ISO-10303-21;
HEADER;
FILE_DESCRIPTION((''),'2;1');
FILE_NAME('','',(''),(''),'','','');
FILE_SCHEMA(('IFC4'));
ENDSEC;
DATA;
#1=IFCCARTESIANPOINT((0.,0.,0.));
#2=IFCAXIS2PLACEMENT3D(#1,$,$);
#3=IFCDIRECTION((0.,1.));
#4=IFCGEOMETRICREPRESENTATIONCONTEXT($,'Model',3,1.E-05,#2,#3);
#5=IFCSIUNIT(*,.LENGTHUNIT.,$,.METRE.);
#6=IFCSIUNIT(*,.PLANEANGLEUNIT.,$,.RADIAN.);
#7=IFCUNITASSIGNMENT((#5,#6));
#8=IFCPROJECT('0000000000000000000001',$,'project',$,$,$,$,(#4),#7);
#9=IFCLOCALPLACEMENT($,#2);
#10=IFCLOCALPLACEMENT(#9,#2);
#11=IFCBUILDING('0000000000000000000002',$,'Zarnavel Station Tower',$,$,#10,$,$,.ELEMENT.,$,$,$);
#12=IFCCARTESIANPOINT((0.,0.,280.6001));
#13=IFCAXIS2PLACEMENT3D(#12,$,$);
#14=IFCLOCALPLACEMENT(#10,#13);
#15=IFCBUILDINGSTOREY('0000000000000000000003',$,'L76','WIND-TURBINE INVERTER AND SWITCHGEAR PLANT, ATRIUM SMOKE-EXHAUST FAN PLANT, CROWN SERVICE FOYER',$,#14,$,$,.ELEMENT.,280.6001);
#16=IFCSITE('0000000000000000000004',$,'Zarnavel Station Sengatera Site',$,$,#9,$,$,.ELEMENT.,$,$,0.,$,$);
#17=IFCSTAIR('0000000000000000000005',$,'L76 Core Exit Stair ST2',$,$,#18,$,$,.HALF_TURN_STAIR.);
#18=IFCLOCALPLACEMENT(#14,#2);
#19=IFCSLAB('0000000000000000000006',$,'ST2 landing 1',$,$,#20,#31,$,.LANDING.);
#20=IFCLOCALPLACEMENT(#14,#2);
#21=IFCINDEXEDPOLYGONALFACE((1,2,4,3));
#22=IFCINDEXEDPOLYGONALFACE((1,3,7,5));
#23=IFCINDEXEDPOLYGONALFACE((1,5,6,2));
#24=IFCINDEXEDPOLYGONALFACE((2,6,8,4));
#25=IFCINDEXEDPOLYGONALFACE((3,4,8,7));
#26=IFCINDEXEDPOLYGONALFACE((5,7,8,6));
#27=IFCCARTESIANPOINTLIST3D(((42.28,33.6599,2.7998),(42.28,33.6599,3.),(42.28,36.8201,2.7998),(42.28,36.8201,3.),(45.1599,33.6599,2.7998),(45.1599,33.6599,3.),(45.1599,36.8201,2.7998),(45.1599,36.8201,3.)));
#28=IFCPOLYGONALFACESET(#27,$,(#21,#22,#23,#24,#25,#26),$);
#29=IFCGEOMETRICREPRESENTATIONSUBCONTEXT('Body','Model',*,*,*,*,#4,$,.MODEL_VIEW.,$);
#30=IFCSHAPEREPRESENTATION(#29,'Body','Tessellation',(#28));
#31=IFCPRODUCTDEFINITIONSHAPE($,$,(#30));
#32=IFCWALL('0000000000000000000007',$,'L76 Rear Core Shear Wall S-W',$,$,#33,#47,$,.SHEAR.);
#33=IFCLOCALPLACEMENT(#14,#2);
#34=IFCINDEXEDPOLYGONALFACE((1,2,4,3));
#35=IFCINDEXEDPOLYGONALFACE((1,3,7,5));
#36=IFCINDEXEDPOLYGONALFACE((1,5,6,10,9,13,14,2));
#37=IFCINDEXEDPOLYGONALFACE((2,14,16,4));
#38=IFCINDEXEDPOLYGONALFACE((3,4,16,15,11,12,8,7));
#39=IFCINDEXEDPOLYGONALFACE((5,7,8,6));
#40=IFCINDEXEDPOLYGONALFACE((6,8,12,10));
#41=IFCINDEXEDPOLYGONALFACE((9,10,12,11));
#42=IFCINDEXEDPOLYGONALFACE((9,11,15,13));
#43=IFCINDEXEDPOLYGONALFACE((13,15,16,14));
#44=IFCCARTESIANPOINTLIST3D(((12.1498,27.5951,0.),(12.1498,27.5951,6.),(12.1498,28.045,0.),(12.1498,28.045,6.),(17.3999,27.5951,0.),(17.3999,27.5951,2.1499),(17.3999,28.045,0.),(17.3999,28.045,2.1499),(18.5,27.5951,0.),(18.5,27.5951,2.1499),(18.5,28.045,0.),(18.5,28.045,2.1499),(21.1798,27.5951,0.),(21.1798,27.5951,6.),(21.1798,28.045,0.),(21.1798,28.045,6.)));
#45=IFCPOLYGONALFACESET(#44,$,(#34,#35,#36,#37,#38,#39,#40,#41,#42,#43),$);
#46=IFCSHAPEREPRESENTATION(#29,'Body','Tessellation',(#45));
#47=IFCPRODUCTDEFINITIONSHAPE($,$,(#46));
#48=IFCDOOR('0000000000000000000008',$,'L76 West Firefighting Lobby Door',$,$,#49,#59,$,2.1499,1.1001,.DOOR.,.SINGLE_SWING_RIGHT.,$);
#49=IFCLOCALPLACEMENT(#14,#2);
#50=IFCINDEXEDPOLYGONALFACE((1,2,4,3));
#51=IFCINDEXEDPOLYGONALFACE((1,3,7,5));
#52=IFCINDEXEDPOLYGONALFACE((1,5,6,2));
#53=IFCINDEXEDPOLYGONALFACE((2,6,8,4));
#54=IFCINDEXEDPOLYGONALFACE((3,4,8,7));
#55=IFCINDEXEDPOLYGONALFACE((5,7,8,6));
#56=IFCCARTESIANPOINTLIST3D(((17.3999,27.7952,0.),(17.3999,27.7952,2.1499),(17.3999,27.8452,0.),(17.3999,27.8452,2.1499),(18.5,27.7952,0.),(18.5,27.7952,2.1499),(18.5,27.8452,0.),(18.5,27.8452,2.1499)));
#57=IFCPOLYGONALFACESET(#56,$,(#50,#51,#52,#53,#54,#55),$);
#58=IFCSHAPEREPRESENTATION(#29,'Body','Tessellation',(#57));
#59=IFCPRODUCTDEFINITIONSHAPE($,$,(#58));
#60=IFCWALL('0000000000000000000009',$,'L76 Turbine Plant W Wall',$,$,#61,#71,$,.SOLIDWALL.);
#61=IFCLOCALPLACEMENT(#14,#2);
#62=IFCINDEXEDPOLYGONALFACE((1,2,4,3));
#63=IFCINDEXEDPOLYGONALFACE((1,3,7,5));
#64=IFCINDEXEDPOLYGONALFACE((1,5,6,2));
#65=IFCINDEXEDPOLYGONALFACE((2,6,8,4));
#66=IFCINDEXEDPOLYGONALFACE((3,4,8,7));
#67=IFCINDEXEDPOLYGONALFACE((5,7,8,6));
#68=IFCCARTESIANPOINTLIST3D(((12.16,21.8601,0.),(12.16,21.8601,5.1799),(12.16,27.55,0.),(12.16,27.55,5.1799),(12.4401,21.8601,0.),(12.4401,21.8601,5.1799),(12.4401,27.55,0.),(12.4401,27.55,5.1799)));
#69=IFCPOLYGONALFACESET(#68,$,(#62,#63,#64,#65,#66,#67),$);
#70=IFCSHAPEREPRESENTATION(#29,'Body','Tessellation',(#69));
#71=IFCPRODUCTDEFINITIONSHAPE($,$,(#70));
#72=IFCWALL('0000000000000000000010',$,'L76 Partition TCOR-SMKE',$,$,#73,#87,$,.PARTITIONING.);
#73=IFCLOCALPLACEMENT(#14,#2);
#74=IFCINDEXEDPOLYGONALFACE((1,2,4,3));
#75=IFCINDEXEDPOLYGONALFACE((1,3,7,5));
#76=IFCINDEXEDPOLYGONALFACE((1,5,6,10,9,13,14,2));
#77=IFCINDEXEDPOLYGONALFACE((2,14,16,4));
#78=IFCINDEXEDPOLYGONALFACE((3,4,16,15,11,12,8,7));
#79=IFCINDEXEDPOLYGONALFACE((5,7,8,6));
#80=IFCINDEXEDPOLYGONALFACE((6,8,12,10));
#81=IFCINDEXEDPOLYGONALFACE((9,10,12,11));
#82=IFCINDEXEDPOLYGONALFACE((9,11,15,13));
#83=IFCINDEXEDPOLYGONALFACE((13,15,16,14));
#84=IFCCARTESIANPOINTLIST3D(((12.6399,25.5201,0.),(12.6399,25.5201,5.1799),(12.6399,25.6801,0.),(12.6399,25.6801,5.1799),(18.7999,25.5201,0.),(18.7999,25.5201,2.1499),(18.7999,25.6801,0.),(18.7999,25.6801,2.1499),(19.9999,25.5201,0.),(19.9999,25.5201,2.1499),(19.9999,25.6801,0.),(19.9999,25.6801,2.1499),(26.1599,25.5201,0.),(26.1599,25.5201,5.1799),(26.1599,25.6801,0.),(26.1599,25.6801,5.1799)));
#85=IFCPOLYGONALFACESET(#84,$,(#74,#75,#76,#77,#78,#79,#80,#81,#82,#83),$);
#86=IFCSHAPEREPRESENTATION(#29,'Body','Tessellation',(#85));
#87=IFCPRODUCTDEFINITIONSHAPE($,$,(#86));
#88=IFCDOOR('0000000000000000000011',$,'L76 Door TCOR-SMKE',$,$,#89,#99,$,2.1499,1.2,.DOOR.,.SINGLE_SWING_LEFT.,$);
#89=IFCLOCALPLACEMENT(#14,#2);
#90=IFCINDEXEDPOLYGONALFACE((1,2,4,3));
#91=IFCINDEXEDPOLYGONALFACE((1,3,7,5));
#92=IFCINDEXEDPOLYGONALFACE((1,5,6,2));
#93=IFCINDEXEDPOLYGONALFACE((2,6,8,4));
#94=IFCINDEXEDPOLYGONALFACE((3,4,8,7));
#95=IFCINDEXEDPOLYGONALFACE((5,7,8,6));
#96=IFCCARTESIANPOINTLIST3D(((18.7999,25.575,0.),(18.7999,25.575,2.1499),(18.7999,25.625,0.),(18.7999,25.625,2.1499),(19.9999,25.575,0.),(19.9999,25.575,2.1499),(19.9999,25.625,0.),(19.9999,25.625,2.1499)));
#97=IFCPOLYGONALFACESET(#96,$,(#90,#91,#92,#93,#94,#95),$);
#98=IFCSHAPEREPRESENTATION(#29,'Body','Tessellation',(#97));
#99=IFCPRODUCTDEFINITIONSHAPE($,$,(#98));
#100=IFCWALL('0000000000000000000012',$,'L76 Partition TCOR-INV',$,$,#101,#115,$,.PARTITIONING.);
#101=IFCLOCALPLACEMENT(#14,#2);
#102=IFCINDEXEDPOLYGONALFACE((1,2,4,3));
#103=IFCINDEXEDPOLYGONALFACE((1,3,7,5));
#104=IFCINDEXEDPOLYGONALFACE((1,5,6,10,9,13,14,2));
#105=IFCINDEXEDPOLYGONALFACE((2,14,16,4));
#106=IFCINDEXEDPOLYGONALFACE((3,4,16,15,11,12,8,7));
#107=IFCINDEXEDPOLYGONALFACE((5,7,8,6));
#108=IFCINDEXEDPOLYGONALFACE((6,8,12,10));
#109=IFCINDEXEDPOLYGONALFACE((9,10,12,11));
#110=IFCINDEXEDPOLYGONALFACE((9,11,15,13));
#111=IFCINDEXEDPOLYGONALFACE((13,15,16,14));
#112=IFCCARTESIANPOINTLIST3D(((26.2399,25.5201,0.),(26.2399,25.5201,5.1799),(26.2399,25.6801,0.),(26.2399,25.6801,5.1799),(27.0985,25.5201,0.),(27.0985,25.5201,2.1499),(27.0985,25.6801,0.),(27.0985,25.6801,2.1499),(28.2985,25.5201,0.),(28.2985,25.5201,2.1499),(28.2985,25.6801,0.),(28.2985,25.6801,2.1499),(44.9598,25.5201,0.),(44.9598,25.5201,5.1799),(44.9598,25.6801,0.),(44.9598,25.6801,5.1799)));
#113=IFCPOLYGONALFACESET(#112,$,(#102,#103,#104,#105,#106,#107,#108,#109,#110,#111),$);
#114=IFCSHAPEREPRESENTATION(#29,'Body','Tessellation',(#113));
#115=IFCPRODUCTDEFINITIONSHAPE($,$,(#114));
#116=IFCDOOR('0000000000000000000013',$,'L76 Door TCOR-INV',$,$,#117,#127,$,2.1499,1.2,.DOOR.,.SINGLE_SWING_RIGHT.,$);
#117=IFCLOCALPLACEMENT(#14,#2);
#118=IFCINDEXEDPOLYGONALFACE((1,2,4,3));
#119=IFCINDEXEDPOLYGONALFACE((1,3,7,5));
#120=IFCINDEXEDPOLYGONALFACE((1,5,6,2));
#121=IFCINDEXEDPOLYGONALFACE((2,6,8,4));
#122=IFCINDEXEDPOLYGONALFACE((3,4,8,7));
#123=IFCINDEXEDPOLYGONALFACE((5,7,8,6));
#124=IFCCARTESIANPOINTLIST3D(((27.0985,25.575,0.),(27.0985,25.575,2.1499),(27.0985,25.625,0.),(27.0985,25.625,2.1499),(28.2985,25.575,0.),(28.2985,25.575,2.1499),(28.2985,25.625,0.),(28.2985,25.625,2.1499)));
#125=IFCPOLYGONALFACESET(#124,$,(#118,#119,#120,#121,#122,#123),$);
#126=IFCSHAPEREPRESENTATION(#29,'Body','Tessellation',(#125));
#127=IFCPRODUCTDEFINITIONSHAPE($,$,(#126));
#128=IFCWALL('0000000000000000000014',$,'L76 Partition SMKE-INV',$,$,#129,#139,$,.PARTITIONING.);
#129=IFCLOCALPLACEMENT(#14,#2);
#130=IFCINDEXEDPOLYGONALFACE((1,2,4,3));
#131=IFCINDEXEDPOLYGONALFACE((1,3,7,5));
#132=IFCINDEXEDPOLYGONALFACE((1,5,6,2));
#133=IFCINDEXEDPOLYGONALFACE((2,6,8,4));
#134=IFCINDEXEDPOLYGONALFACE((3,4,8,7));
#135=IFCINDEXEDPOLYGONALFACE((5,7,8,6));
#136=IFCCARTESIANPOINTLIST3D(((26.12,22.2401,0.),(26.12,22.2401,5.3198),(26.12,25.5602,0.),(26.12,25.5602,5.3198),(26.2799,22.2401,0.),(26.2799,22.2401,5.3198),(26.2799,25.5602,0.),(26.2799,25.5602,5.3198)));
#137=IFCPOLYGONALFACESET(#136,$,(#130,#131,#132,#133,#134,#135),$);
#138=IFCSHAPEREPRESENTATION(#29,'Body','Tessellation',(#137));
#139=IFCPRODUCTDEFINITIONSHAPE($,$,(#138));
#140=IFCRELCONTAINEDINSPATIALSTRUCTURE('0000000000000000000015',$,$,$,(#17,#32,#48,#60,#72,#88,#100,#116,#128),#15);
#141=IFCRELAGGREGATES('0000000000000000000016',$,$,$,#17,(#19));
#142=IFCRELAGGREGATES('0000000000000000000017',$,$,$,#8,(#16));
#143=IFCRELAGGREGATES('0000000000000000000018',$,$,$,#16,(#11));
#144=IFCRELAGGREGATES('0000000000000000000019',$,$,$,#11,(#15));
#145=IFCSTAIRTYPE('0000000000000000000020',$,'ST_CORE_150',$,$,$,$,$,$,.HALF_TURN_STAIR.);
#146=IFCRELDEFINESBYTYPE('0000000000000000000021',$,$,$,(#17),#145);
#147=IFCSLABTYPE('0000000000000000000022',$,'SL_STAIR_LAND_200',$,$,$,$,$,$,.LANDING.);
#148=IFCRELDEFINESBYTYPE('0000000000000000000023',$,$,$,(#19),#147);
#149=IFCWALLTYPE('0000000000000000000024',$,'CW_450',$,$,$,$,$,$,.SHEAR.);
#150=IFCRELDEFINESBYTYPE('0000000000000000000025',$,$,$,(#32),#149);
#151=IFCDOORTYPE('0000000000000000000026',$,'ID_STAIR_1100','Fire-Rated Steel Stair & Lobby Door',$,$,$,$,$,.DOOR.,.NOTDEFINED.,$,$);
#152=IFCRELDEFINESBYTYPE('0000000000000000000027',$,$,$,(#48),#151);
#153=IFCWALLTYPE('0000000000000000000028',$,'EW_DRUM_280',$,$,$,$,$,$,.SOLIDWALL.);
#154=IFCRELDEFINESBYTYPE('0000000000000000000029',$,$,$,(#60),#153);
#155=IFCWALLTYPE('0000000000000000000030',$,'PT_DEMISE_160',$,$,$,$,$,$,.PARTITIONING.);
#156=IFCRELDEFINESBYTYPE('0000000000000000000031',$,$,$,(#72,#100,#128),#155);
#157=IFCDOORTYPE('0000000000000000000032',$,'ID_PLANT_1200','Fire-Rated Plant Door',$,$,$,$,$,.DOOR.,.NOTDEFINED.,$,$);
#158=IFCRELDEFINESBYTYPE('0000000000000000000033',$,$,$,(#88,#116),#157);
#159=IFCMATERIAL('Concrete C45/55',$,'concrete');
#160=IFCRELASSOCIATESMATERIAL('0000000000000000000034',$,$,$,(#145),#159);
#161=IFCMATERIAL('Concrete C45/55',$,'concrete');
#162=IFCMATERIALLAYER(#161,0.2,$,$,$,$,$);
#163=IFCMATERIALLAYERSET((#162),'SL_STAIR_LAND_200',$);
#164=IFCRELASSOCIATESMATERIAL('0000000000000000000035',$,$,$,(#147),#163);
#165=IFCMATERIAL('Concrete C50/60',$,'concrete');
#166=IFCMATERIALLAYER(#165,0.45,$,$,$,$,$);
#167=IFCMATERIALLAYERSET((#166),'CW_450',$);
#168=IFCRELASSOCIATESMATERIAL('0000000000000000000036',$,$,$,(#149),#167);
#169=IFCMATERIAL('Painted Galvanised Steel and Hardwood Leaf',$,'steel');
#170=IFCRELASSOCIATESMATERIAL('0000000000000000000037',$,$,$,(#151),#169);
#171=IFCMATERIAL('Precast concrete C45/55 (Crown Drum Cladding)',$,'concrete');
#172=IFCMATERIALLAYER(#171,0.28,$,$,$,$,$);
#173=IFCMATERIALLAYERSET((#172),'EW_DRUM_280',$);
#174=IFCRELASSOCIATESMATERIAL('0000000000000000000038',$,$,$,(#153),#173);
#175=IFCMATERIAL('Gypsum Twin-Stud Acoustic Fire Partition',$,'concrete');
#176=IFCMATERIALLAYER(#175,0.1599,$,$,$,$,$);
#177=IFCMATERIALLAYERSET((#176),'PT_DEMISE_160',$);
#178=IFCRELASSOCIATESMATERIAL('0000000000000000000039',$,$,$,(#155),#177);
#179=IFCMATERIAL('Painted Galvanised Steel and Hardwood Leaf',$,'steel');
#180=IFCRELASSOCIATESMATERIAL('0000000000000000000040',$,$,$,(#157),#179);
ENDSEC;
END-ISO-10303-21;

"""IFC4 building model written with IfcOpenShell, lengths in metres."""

from ifc_helpers import new_model, si_unit, direction, frame, frame_2d, origin, place, context, subcontext, project, spatial, polyline, rectangle, outline, extrude, material, layer, layer_set, type_object, element, fill, aggregate, save


model = new_model("IFC4")

# Units and contexts
model_context = context("Model", 3, precision=1e-05, world=origin(), true_north=direction((0.0, 1.0)))
body_context = subcontext(model_context, "Body", "Model", "MODEL_VIEW")
ifc_project = project(units=[si_unit("LENGTHUNIT", "METRE"), si_unit("PLANEANGLEUNIT", "RADIAN")], contexts=[model_context])

# Site, building, storey
site_placement = place(None, origin())
site = spatial("IfcSite", under=ifc_project, at=site_placement, Name="Zarnavel Station Sengatera Site", CompositionType="ELEMENT", RefElevation=0.0)
building_placement = place(site_placement, origin())
building = spatial("IfcBuilding", under=site, at=building_placement, Name="Zarnavel Station Tower", CompositionType="ELEMENT")
storey_placement = place(building_placement, frame((0.0, 0.0, 280.6001)))
storey = spatial("IfcBuildingStorey", under=building, at=storey_placement, Name="L76", Description="WIND-TURBINE INVERTER AND SWITCHGEAR PLANT, ATRIUM SMOKE-EXHAUST FAN PLANT, CROWN SERVICE FOYER", CompositionType="ELEMENT", Elevation=280.6001)

# Stair, slab
ifc_material_1 = material(Name="Concrete C45/55", Category="concrete")
stair_type = type_object("IfcStairType", Name="ST_CORE_150", PredefinedType="HALF_TURN_STAIR", material=ifc_material_1)
ifc_material_2 = material(Name="Concrete C45/55", Category="concrete")
ifc_layer_1 = layer(ifc_material_2, 0.2)
ifc_layer_set_1 = layer_set([ifc_layer_1], Name="SL_STAIR_LAND_200")
slab_type_1 = type_object("IfcSlabType", Name="SL_STAIR_LAND_200", PredefinedType="LANDING", material=ifc_layer_set_1)
stair_1_placement = place(storey_placement, origin())
stair_1 = element("IfcStair", 1, at=stair_1_placement, inside=storey, type_object=stair_type, Name="L76 Core Exit Stair ST2", PredefinedType="HALF_TURN_STAIR")
slab_1_placement = place(storey_placement, frame((0.0, 0.0, 2.7998)))
slab_1 = element("IfcSlab", 2, at=slab_1_placement, type_object=slab_type_1, Name="ST2 landing 1", PredefinedType="LANDING", context=body_context, shape_type="SweptSolid", body=[
    extrude(outline(polyline([(42.28, 33.6599), (45.1599, 33.6599), (45.1599, 36.8201), (42.28, 36.8201), (42.28, 33.6599)])), origin(), (0.0, 0.0, 1.0), 0.2002),
])
aggregate(stair_1, [slab_1])

# Wall, opening, door
ifc_material_3 = material(Name="Concrete C50/60", Category="concrete")
ifc_layer_2 = layer(ifc_material_3, 0.45)
ifc_layer_set_2 = layer_set([ifc_layer_2], Name="CW_450")
wall_type_1 = type_object("IfcWallType", Name="CW_450", PredefinedType="SHEAR", material=ifc_layer_set_2)
wall_1_placement = place(storey_placement, frame((21.1799, 27.8201, 0.0), z_axis=(0.0, 0.0, 1.0), x_axis=(-1.0, 0.0, 0.0)))
wall_1 = element("IfcWall", 3, at=wall_1_placement, inside=storey, type_object=wall_type_1, Name="L76 Rear Core Shear Wall S-W", PredefinedType="SHEAR", context=body_context, shape_type="SweptSolid", body=[
    extrude(rectangle(XDim=9.03, YDim=0.45, at=frame_2d((4.5151, 0.0))), origin(), (0.0, 0.0, 1.0), 6.0),
])
opening_1_placement = place(wall_1_placement, frame((2.6799, 0.0, 0.0)))
opening_1 = element("IfcOpeningElement", 4, at=opening_1_placement, cuts=wall_1, PredefinedType="OPENING", context=body_context, shape_type="SweptSolid", body=[
    extrude(rectangle(XDim=1.1001, YDim=2.1499, at=frame_2d((0.55, 1.075))), frame((0.0, 0.2349, 0.0), z_axis=(0.0, -1.0, 0.0), x_axis=(1.0, 0.0, 0.0)), (0.0, 0.0, 1.0), 0.47),
])
ifc_material_4 = material(Name="Painted Galvanised Steel and Hardwood Leaf", Category="steel")
door_type_1 = type_object("IfcDoorType", Name="ID_STAIR_1100", Description="Fire-Rated Steel Stair & Lobby Door", OperationType="NOTDEFINED", PredefinedType="DOOR", material=ifc_material_4)
door_1_placement = place(opening_1_placement, origin())
door_1 = element("IfcDoor", 5, at=door_1_placement, inside=storey, type_object=door_type_1, Name="L76 West Firefighting Lobby Door", OperationType="SINGLE_SWING_RIGHT", OverallHeight=2.1499, OverallWidth=1.1001, PredefinedType="DOOR", context=body_context, shape_type="SweptSolid", body=[
    extrude(rectangle(XDim=1.1001, YDim=2.1499, at=frame_2d((0.55, 1.075))), frame((0.0, 0.0249, 0.0), z_axis=(0.0, -1.0, 0.0), x_axis=(1.0, 0.0, 0.0)), (0.0, 0.0, 1.0), 0.05),
])
fill(opening_1, door_1)

# Wall
ifc_material_5 = material(Name="Precast concrete C45/55 (Crown Drum Cladding)", Category="concrete")
ifc_layer_3 = layer(ifc_material_5, 0.28)
ifc_layer_set_3 = layer_set([ifc_layer_3], Name="EW_DRUM_280")
wall_type_2 = type_object("IfcWallType", Name="EW_DRUM_280", PredefinedType="SOLIDWALL", material=ifc_layer_set_3)
wall_2_placement = place(storey_placement, frame((12.3, 21.8601, 0.0), z_axis=(0.0, 0.0, 1.0), x_axis=(0.0, 1.0, 0.0)))
element("IfcWall", 6, at=wall_2_placement, inside=storey, type_object=wall_type_2, Name="L76 Turbine Plant W Wall", PredefinedType="SOLIDWALL", context=body_context, shape_type="SweptSolid", body=[
    extrude(rectangle(XDim=5.6899, YDim=0.28, at=frame_2d((2.845, 0.0))), origin(), (0.0, 0.0, 1.0), 5.1799),
])

# Walls, openings, doors
ifc_material_6 = material(Name="Gypsum Twin-Stud Acoustic Fire Partition", Category="concrete")
ifc_layer_4 = layer(ifc_material_6, 0.1599)
ifc_layer_set_4 = layer_set([ifc_layer_4], Name="PT_DEMISE_160")
wall_type_3 = type_object("IfcWallType", Name="PT_DEMISE_160", PredefinedType="PARTITIONING", material=ifc_layer_set_4)
wall_3_placement = place(storey_placement, frame((12.6399, 25.6001, 0.0), z_axis=(0.0, 0.0, 1.0), x_axis=(1.0, 0.0, 0.0)))
wall_3 = element("IfcWall", 7, at=wall_3_placement, inside=storey, type_object=wall_type_3, Name="L76 Partition TCOR-SMKE", PredefinedType="PARTITIONING", context=body_context, shape_type="SweptSolid", body=[
    extrude(rectangle(XDim=13.52, YDim=0.1599, at=frame_2d((6.76, 0.0))), origin(), (0.0, 0.0, 1.0), 5.1799),
])
opening_2_placement = place(wall_3_placement, frame((6.1599, 0.0, 0.0)))
opening_2 = element("IfcOpeningElement", 8, at=opening_2_placement, cuts=wall_3, PredefinedType="OPENING", context=body_context, shape_type="SweptSolid", body=[
    extrude(rectangle(XDim=1.2, YDim=2.1499, at=frame_2d((0.6001, 1.075))), frame((0.0, 0.0898, 0.0), z_axis=(0.0, -1.0, 0.0), x_axis=(1.0, 0.0, 0.0)), (0.0, 0.0, 1.0), 0.1799),
])
ifc_material_7 = material(Name="Painted Galvanised Steel and Hardwood Leaf", Category="steel")
door_type_2 = type_object("IfcDoorType", Name="ID_PLANT_1200", Description="Fire-Rated Plant Door", OperationType="NOTDEFINED", PredefinedType="DOOR", material=ifc_material_7)
door_2_placement = place(opening_2_placement, origin())
door_2 = element("IfcDoor", 9, at=door_2_placement, inside=storey, type_object=door_type_2, Name="L76 Door TCOR-SMKE", OperationType="SINGLE_SWING_LEFT", OverallHeight=2.1499, OverallWidth=1.2, PredefinedType="DOOR", context=body_context, shape_type="SweptSolid", body=[
    extrude(rectangle(XDim=1.2, YDim=2.1499, at=frame_2d((0.6001, 1.075))), frame((0.0, 0.0249, 0.0), z_axis=(0.0, -1.0, 0.0), x_axis=(1.0, 0.0, 0.0)), (0.0, 0.0, 1.0), 0.05),
])
fill(opening_2, door_2)
wall_4_placement = place(storey_placement, frame((26.24, 25.6001, 0.0), z_axis=(0.0, 0.0, 1.0), x_axis=(1.0, 0.0, 0.0)))
wall_4 = element("IfcWall", 10, at=wall_4_placement, inside=storey, type_object=wall_type_3, Name="L76 Partition TCOR-INV", PredefinedType="PARTITIONING", context=body_context, shape_type="SweptSolid", body=[
    extrude(rectangle(XDim=18.72, YDim=0.1599, at=frame_2d((9.3599, 0.0))), origin(), (0.0, 0.0, 1.0), 5.1799),
])
opening_3_placement = place(wall_4_placement, frame((0.8584, 0.0, 0.0)))
opening_3 = element("IfcOpeningElement", 11, at=opening_3_placement, cuts=wall_4, PredefinedType="OPENING", context=body_context, shape_type="SweptSolid", body=[
    extrude(rectangle(XDim=1.2, YDim=2.1499, at=frame_2d((0.6001, 1.075))), frame((0.0, 0.0898, 0.0), z_axis=(0.0, -1.0, 0.0), x_axis=(1.0, 0.0, 0.0)), (0.0, 0.0, 1.0), 0.1799),
])
door_3_placement = place(opening_3_placement, origin())
door_3 = element("IfcDoor", 12, at=door_3_placement, inside=storey, type_object=door_type_2, Name="L76 Door TCOR-INV", OperationType="SINGLE_SWING_RIGHT", OverallHeight=2.1499, OverallWidth=1.2, PredefinedType="DOOR", context=body_context, shape_type="SweptSolid", body=[
    extrude(rectangle(XDim=1.2, YDim=2.1499, at=frame_2d((0.6001, 1.075))), frame((0.0, 0.0249, 0.0), z_axis=(0.0, -1.0, 0.0), x_axis=(1.0, 0.0, 0.0)), (0.0, 0.0, 1.0), 0.05),
])
fill(opening_3, door_3)

# Wall
wall_5_placement = place(storey_placement, frame((26.2, 22.24, 0.0), z_axis=(0.0, 0.0, 1.0), x_axis=(0.0, 1.0, 0.0)))
element("IfcWall", 13, at=wall_5_placement, inside=storey, type_object=wall_type_3, Name="L76 Partition SMKE-INV", PredefinedType="PARTITIONING", context=body_context, shape_type="SweptSolid", body=[
    extrude(rectangle(XDim=3.3201, YDim=0.1599, at=frame_2d((1.6602, 0.0))), origin(), (0.0, 0.0, 1.0), 5.3198),
])

save(model, "model.ifc")
